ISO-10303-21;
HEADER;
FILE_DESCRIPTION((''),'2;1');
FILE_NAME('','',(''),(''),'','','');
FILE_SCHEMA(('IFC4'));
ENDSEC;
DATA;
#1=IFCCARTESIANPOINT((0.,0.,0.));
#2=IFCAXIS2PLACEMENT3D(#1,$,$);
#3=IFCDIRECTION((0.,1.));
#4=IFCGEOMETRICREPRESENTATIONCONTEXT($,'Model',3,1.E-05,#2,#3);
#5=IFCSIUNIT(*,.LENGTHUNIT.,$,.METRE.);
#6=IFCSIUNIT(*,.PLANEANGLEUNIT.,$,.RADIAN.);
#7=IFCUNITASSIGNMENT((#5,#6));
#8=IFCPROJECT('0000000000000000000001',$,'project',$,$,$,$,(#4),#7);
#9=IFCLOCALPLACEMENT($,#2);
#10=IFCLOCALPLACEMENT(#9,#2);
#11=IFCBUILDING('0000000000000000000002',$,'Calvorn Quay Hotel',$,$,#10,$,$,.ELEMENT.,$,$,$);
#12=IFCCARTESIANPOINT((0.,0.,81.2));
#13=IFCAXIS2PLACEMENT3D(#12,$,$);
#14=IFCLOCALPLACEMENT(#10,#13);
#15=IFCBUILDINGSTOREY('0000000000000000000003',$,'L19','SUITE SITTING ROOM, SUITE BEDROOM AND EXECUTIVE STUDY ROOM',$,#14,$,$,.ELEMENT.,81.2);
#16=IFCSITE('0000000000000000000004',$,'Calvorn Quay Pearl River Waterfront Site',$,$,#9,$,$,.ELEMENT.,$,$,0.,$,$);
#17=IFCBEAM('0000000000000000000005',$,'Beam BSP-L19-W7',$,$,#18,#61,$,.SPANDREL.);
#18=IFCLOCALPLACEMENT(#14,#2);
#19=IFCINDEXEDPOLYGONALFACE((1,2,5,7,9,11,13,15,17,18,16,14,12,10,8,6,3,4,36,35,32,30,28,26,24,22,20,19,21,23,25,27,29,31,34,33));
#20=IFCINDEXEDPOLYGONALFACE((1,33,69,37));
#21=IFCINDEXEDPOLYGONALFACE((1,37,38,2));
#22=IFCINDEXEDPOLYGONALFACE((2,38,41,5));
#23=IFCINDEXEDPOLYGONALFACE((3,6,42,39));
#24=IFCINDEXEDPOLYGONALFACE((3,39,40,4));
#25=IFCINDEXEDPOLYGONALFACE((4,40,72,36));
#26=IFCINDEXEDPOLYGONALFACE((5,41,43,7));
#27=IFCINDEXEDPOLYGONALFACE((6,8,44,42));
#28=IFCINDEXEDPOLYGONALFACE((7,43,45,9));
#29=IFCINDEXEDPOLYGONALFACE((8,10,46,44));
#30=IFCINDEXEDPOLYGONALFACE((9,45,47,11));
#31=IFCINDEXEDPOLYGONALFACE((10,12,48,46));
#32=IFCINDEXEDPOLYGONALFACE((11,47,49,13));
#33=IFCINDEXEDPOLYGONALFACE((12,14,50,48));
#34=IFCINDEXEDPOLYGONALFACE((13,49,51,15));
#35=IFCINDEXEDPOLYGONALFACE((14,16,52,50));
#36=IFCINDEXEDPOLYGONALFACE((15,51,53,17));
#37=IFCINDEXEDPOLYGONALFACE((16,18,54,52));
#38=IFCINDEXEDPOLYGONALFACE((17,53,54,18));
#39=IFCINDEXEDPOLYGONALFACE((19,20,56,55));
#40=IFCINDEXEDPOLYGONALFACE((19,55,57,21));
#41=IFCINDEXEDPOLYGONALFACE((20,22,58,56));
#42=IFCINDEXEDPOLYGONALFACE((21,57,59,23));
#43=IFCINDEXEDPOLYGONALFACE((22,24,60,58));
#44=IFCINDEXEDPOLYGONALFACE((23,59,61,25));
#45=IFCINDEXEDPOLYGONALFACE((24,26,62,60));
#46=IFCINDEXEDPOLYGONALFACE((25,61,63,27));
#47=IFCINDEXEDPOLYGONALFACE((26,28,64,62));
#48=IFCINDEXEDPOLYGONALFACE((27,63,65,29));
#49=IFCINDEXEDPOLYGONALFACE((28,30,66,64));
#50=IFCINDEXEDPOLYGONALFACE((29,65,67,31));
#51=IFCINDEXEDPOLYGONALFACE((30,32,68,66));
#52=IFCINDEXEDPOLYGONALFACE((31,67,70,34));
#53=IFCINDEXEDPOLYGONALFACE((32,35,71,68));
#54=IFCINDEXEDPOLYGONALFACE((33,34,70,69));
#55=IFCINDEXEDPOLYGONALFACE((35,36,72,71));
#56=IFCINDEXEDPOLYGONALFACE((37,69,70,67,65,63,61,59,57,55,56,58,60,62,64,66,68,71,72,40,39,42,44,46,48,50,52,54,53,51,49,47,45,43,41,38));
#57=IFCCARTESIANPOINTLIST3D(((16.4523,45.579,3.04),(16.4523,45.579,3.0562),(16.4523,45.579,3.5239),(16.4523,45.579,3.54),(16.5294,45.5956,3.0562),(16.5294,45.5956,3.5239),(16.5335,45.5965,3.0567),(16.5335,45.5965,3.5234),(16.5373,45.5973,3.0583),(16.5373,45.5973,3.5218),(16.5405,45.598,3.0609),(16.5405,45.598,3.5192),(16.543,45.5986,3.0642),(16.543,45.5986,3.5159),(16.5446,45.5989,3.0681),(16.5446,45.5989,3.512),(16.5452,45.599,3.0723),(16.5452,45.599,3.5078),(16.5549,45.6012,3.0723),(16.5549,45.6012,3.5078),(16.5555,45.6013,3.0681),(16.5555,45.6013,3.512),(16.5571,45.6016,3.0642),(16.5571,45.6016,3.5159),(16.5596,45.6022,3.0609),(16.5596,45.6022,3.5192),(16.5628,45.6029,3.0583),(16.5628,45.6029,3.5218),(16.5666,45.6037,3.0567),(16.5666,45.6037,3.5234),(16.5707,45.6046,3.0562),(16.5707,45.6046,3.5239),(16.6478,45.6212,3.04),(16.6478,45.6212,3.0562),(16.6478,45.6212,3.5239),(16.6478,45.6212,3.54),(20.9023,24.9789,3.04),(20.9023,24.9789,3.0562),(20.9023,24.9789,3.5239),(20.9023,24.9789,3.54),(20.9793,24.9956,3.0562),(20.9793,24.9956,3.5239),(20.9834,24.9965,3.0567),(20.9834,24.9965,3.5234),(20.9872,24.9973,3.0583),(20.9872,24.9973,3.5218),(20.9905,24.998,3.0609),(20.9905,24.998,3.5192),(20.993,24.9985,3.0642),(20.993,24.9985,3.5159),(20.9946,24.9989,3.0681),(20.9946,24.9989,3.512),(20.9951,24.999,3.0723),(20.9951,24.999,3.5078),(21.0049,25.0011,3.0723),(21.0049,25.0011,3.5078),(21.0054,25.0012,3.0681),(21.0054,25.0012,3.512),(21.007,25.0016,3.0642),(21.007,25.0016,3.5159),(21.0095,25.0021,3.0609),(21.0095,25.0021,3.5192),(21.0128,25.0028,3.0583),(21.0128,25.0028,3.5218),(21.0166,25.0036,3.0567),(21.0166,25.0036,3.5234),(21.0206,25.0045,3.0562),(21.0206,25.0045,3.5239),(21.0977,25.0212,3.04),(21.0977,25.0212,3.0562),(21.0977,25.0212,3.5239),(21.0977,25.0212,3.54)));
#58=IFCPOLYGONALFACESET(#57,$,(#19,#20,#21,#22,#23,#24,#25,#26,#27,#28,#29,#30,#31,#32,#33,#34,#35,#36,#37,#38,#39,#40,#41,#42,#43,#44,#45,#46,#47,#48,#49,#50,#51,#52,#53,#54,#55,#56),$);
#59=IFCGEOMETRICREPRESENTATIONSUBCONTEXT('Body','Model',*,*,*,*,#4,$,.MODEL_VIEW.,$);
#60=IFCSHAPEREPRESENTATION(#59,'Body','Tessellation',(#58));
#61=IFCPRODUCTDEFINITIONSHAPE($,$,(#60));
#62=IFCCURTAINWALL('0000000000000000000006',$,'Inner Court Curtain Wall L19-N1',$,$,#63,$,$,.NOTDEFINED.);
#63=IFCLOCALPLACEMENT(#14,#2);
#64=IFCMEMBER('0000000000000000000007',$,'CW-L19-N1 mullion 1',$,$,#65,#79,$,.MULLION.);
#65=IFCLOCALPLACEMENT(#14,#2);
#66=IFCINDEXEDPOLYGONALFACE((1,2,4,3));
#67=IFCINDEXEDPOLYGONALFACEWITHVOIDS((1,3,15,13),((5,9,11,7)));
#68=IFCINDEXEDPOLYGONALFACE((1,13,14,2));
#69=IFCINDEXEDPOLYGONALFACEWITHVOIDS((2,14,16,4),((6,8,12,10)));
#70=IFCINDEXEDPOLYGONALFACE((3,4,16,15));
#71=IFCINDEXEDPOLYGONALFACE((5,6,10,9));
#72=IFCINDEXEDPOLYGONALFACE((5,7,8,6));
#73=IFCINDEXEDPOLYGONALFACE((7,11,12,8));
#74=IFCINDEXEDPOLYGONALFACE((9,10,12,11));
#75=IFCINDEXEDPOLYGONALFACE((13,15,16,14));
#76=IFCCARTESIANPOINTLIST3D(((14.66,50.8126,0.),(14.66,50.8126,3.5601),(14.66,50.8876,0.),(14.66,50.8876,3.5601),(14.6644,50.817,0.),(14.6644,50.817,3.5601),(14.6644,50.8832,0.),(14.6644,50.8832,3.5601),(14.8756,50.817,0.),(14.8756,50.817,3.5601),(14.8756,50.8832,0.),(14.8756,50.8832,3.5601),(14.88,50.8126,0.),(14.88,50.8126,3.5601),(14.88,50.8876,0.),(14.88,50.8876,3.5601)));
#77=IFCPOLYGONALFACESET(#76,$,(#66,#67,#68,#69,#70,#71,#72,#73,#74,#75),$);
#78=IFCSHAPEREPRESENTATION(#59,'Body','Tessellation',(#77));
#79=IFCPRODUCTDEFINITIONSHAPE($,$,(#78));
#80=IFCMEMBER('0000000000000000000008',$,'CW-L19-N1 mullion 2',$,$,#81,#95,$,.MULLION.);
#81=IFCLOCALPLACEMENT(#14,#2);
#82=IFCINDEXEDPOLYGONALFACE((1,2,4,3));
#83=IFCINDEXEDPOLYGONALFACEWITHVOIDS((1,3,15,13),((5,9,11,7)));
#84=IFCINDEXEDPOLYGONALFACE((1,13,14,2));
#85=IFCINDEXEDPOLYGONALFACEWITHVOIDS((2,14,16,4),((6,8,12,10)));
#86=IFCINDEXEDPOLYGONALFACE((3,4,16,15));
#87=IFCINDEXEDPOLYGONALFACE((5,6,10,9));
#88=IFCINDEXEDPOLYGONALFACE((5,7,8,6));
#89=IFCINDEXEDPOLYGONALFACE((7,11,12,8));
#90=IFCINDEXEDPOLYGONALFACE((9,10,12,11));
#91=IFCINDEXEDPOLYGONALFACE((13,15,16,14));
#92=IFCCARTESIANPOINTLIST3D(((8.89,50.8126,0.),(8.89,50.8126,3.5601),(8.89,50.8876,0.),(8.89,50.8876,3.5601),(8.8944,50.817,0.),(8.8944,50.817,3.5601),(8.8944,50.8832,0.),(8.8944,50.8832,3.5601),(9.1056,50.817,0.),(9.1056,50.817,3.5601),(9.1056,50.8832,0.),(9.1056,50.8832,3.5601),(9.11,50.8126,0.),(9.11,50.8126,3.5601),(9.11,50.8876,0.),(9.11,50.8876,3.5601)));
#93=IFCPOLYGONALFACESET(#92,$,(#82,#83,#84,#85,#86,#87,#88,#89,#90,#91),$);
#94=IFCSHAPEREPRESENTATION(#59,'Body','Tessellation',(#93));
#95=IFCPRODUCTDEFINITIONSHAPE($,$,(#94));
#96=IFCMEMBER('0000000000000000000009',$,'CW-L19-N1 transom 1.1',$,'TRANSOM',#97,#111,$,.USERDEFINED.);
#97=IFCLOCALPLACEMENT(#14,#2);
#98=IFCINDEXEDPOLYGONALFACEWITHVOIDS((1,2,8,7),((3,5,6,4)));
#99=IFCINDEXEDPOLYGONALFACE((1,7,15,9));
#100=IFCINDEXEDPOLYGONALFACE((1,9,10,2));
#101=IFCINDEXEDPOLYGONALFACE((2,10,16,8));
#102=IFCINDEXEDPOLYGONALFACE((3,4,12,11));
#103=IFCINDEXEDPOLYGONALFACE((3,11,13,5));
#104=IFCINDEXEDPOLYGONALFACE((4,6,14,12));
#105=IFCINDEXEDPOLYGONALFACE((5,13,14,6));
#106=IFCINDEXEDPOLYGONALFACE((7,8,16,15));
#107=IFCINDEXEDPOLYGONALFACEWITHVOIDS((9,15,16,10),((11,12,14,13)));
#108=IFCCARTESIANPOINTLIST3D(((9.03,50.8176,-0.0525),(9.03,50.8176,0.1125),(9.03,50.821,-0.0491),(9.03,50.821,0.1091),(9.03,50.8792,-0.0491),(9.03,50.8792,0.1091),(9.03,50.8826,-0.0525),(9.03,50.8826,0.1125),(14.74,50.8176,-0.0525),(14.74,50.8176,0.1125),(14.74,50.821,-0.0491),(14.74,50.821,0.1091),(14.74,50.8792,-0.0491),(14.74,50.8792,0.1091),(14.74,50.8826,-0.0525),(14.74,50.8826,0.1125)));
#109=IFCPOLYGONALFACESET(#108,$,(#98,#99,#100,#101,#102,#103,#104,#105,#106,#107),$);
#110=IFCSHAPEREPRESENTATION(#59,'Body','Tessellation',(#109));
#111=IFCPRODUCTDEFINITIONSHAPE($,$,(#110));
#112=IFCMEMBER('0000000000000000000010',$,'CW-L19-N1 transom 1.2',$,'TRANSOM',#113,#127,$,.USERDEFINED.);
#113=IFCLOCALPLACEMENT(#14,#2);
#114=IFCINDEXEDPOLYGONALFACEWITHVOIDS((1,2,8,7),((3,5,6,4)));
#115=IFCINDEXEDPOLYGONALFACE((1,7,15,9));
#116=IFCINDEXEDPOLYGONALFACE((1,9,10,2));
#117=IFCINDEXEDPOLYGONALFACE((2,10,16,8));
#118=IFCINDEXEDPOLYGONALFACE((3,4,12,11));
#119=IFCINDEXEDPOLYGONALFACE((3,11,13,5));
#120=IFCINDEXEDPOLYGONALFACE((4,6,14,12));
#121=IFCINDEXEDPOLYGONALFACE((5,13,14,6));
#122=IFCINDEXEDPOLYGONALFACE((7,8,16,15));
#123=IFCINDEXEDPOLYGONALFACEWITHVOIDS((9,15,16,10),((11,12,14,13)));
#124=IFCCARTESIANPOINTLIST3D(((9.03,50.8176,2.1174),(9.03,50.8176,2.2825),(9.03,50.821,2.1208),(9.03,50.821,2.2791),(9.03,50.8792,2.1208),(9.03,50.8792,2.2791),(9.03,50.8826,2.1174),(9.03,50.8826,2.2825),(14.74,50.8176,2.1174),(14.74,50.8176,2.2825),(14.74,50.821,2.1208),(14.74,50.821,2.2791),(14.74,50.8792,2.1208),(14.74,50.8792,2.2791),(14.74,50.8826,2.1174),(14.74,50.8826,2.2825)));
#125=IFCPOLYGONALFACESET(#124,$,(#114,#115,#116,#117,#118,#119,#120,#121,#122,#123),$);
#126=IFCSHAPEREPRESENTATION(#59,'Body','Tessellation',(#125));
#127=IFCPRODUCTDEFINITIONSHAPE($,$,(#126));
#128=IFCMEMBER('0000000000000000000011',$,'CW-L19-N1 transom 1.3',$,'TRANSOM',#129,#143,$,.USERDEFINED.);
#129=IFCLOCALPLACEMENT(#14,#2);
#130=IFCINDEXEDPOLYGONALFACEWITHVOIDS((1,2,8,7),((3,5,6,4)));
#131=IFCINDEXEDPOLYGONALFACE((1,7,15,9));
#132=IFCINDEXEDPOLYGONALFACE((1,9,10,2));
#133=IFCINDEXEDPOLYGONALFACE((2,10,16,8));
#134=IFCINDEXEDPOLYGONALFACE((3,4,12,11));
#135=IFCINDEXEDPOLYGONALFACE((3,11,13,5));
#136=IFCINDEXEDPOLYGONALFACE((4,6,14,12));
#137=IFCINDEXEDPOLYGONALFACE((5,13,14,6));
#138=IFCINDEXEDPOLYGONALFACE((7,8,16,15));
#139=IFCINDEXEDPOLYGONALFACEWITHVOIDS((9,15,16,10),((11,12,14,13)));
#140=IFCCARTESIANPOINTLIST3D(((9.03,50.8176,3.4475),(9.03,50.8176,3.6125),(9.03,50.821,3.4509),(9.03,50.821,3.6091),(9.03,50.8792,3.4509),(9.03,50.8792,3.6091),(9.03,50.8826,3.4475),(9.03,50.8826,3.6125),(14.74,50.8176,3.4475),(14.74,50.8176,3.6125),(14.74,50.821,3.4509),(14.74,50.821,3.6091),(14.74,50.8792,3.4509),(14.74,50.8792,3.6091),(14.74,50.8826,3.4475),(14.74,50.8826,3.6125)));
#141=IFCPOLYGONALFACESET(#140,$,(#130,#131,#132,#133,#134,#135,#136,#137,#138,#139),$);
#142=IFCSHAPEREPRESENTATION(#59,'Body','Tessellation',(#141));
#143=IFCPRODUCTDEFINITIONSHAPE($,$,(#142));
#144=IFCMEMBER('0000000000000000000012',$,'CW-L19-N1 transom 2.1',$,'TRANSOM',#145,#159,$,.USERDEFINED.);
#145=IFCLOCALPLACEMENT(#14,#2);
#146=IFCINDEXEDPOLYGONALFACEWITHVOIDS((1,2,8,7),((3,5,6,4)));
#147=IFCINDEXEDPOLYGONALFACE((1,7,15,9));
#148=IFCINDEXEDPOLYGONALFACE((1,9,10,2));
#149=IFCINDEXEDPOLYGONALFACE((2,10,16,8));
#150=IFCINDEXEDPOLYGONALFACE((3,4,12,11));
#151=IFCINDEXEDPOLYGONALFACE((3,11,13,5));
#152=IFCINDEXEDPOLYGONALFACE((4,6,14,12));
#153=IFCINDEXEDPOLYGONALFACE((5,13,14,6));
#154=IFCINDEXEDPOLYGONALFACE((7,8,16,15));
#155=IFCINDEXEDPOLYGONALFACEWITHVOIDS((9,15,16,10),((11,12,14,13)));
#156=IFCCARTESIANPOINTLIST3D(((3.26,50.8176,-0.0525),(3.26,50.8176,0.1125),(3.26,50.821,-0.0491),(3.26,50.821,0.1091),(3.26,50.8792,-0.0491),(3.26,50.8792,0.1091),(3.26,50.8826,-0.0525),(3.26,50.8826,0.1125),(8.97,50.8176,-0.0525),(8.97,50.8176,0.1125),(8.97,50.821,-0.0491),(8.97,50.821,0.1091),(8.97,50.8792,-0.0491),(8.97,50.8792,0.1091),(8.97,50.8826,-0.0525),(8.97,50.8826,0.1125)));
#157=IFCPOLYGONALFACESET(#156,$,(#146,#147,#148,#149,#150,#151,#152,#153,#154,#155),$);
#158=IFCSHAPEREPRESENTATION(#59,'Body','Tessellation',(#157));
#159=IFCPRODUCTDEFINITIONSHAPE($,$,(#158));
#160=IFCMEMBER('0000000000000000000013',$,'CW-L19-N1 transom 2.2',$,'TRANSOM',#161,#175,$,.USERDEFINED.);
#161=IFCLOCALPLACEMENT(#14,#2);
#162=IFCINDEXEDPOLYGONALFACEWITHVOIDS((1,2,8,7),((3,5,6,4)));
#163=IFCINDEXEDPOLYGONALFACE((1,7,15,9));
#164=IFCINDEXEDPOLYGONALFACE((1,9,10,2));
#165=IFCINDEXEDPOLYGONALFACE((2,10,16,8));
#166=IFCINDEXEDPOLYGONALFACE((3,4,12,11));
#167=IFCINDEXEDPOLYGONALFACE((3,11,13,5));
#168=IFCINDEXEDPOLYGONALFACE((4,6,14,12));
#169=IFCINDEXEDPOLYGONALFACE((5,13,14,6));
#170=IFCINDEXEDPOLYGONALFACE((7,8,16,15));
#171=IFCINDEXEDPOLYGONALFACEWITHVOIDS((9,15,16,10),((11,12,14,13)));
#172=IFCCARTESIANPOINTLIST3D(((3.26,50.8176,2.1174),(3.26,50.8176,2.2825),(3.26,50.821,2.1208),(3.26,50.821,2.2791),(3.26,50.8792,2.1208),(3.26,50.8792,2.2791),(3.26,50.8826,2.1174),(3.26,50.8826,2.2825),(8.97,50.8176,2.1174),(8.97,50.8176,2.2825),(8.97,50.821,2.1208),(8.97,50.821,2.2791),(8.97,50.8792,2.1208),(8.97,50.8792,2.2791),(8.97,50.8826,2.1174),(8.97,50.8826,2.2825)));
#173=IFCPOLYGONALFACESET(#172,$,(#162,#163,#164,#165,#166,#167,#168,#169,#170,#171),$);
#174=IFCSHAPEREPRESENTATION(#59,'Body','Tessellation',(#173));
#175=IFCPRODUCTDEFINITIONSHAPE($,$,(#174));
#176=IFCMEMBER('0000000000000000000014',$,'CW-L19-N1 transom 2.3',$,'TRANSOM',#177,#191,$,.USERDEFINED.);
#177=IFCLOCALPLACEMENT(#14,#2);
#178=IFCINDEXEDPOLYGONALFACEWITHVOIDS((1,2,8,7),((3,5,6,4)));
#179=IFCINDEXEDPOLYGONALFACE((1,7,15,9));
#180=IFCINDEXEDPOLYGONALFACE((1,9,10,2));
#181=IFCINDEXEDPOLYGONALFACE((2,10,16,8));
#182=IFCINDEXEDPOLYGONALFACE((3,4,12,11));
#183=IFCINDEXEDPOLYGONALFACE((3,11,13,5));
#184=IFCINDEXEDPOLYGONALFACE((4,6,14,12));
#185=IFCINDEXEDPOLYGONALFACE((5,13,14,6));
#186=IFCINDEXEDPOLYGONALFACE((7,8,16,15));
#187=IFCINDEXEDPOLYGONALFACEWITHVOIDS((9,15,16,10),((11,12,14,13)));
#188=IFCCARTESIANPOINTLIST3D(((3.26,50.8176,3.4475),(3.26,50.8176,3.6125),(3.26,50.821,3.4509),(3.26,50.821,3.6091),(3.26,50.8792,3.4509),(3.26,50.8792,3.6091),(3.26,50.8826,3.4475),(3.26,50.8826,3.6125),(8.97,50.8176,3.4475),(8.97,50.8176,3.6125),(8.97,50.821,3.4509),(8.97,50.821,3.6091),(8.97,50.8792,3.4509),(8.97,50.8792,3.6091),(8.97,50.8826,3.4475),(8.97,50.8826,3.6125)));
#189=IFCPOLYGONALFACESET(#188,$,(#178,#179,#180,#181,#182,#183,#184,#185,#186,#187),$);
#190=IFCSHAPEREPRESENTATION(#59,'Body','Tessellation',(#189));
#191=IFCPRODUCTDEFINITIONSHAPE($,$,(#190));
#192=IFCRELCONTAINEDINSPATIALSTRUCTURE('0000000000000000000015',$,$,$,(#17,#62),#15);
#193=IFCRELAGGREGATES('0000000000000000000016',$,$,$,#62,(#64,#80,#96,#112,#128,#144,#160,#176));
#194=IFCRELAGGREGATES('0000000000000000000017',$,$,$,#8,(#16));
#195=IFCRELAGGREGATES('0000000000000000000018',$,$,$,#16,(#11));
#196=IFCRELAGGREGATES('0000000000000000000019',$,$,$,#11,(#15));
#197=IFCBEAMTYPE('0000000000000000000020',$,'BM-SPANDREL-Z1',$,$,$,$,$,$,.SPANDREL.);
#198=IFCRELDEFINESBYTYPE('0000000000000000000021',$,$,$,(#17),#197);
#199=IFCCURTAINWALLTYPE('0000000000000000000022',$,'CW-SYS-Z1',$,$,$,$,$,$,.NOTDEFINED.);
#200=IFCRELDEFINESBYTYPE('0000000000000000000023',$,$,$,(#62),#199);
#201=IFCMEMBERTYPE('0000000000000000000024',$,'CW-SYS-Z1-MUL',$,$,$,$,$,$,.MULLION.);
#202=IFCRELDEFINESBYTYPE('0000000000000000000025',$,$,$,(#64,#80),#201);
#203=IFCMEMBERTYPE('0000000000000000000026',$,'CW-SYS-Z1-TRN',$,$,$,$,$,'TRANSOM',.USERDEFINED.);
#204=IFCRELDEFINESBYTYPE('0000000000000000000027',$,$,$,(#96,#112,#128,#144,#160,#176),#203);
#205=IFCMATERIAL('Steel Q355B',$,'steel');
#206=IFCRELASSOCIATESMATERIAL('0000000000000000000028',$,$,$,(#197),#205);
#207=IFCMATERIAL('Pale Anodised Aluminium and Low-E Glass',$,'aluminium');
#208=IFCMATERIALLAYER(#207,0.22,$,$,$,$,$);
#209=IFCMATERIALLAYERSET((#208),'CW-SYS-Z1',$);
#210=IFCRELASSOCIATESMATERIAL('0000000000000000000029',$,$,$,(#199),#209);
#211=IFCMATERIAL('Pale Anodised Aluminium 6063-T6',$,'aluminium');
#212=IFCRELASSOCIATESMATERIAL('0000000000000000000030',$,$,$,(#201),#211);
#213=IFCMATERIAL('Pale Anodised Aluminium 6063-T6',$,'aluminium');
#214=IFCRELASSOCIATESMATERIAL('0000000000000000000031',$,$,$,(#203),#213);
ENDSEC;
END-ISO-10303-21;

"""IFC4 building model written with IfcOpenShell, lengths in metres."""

from ifc_helpers import new_model, si_unit, direction, frame, origin, origin_2d, place, context, subcontext, project, spatial, hollow_rectangle, i_section, extrude, material, layer, layer_set, material_profile, profile_set, type_object, element, aggregate, save


model = new_model("IFC4")

# Units and contexts
model_context = context("Model", 3, precision=1e-05, world=origin(), true_north=direction((0.0, 1.0)))
body_context = subcontext(model_context, "Body", "Model", "MODEL_VIEW")
ifc_project = project(units=[si_unit("LENGTHUNIT", "METRE"), si_unit("PLANEANGLEUNIT", "RADIAN")], contexts=[model_context])

# Site, building, storey
site_placement = place(None, origin())
site = spatial("IfcSite", under=ifc_project, at=site_placement, Name="Calvorn Quay Pearl River Waterfront Site", CompositionType="ELEMENT", RefElevation=0.0)
building_placement = place(site_placement, origin())
building = spatial("IfcBuilding", under=site, at=building_placement, Name="Calvorn Quay Hotel", CompositionType="ELEMENT")
storey_placement = place(building_placement, frame((0.0, 0.0, 81.2)))
storey = spatial("IfcBuildingStorey", under=building, at=storey_placement, Name="L19", Description="SUITE SITTING ROOM, SUITE BEDROOM AND EXECUTIVE STUDY ROOM", CompositionType="ELEMENT", Elevation=81.2)

# Beam
ifc_material_1 = material(Name="Steel Q355B", Category="steel")
ifc_material_profile_1 = material_profile(ifc_material_1, i_section(OverallWidth=0.2, OverallDepth=0.5, WebThickness=0.01, FlangeThickness=0.0161, FilletRadius=0.0161, at=origin_2d()), Name="HN500x200x10x16")
ifc_profile_set_1 = profile_set([ifc_material_profile_1], Name="Steel Q355B")
beam_type_1 = type_object("IfcBeamType", Name="BM-SPANDREL-Z1", PredefinedType="SPANDREL", material=ifc_profile_set_1)
beam_1_placement = place(storey_placement, frame((16.55, 45.6001, 3.29), z_axis=(0.211146, -0.977455, 0.0), x_axis=(0.977455, 0.211146, 0.0)))
element("IfcBeam", 1, at=beam_1_placement, inside=storey, type_object=beam_type_1, Name="Beam BSP-L19-W7", PredefinedType="SPANDREL", context=body_context, shape_type="SweptSolid", body=[
    extrude(i_section(OverallWidth=0.2, OverallDepth=0.5, WebThickness=0.01, FlangeThickness=0.0161, FilletRadius=0.0161, at=origin_2d()), origin(), (0.0, 0.0, 1.0), 21.0752),
])

# Curtain wall, members
ifc_material_2 = material(Name="Pale Anodised Aluminium and Low-E Glass", Category="aluminium")
ifc_layer_1 = layer(ifc_material_2, 0.22)
ifc_layer_set_1 = layer_set([ifc_layer_1], Name="CW-SYS-Z1")
curtain_wall_type = type_object("IfcCurtainWallType", Name="CW-SYS-Z1", PredefinedType="NOTDEFINED", material=ifc_layer_set_1)
curtain_wall_placement = place(storey_placement, origin())
curtain_wall = element("IfcCurtainWall", 2, at=curtain_wall_placement, inside=storey, type_object=curtain_wall_type, Name="Inner Court Curtain Wall L19-N1", PredefinedType="NOTDEFINED")
ifc_material_3 = material(Name="Pale Anodised Aluminium 6063-T6", Category="aluminium")
ifc_material_profile_2 = material_profile(ifc_material_3, hollow_rectangle(XDim=0.075, YDim=0.22, WallThickness=0.0044, at=origin_2d()), Name="ALU-M220x75x4.5")
ifc_profile_set_2 = profile_set([ifc_material_profile_2], Name="Pale Anodised Aluminium 6063-T6")
member_type_1 = type_object("IfcMemberType", Name="CW-SYS-Z1-MUL", PredefinedType="MULLION", material=ifc_profile_set_2)
member_1_placement = place(storey_placement, frame((14.77, 50.8501, 0.0), z_axis=(0.0, 0.0, 1.0), x_axis=(0.0, -1.0, 0.0)))
member_1 = element("IfcMember", 3, at=member_1_placement, type_object=member_type_1, Name="CW-L19-N1 mullion 1", PredefinedType="MULLION", context=body_context, shape_type="SweptSolid", body=[
    extrude(hollow_rectangle(XDim=0.075, YDim=0.22, WallThickness=0.0044, at=origin_2d()), origin(), (0.0, 0.0, 1.0), 3.5601),
])
member_2_placement = place(storey_placement, frame((9.0, 50.8501, 0.0), z_axis=(0.0, 0.0, 1.0), x_axis=(0.0, -1.0, 0.0)))
member_2 = element("IfcMember", 4, at=member_2_placement, type_object=member_type_1, Name="CW-L19-N1 mullion 2", PredefinedType="MULLION", context=body_context, shape_type="SweptSolid", body=[
    extrude(hollow_rectangle(XDim=0.075, YDim=0.22, WallThickness=0.0044, at=origin_2d()), origin(), (0.0, 0.0, 1.0), 3.5601),
])
ifc_material_4 = material(Name="Pale Anodised Aluminium 6063-T6", Category="aluminium")
ifc_material_profile_3 = material_profile(ifc_material_4, hollow_rectangle(XDim=0.0649, YDim=0.165, WallThickness=0.0034, at=origin_2d()), Name="ALU-T165x65x3.5")
ifc_profile_set_3 = profile_set([ifc_material_profile_3], Name="Pale Anodised Aluminium 6063-T6")
member_type_2 = type_object("IfcMemberType", Name="CW-SYS-Z1-TRN", ElementType="TRANSOM", PredefinedType="USERDEFINED", material=ifc_profile_set_3)
member_3_placement = place(storey_placement, frame((14.74, 50.8501, 0.03), z_axis=(-1.0, 0.0, 0.0), x_axis=(0.0, -1.0, 0.0)))
member_3 = element("IfcMember", 5, at=member_3_placement, type_object=member_type_2, Name="CW-L19-N1 transom 1.1", ObjectType="TRANSOM", PredefinedType="USERDEFINED", context=body_context, shape_type="SweptSolid", body=[
    extrude(hollow_rectangle(XDim=0.0649, YDim=0.165, WallThickness=0.0034, at=origin_2d()), origin(), (0.0, 0.0, 1.0), 5.71),
])
member_4_placement = place(storey_placement, frame((14.74, 50.8501, 2.2), z_axis=(-1.0, 0.0, 0.0), x_axis=(0.0, -1.0, 0.0)))
member_4 = element("IfcMember", 6, at=member_4_placement, type_object=member_type_2, Name="CW-L19-N1 transom 1.2", ObjectType="TRANSOM", PredefinedType="USERDEFINED", context=body_context, shape_type="SweptSolid", body=[
    extrude(hollow_rectangle(XDim=0.0649, YDim=0.165, WallThickness=0.0034, at=origin_2d()), origin(), (0.0, 0.0, 1.0), 5.71),
])
member_5_placement = place(storey_placement, frame((14.74, 50.8501, 3.53), z_axis=(-1.0, 0.0, 0.0), x_axis=(0.0, -1.0, 0.0)))
member_5 = element("IfcMember", 7, at=member_5_placement, type_object=member_type_2, Name="CW-L19-N1 transom 1.3", ObjectType="TRANSOM", PredefinedType="USERDEFINED", context=body_context, shape_type="SweptSolid", body=[
    extrude(hollow_rectangle(XDim=0.0649, YDim=0.165, WallThickness=0.0034, at=origin_2d()), origin(), (0.0, 0.0, 1.0), 5.71),
])
member_6_placement = place(storey_placement, frame((8.97, 50.8501, 0.03), z_axis=(-1.0, 0.0, 0.0), x_axis=(0.0, -1.0, 0.0)))
member_6 = element("IfcMember", 8, at=member_6_placement, type_object=member_type_2, Name="CW-L19-N1 transom 2.1", ObjectType="TRANSOM", PredefinedType="USERDEFINED", context=body_context, shape_type="SweptSolid", body=[
    extrude(hollow_rectangle(XDim=0.0649, YDim=0.165, WallThickness=0.0034, at=origin_2d()), origin(), (0.0, 0.0, 1.0), 5.71),
])
member_7_placement = place(storey_placement, frame((8.97, 50.8501, 2.2), z_axis=(-1.0, 0.0, 0.0), x_axis=(0.0, -1.0, 0.0)))
member_7 = element("IfcMember", 9, at=member_7_placement, type_object=member_type_2, Name="CW-L19-N1 transom 2.2", ObjectType="TRANSOM", PredefinedType="USERDEFINED", context=body_context, shape_type="SweptSolid", body=[
    extrude(hollow_rectangle(XDim=0.0649, YDim=0.165, WallThickness=0.0034, at=origin_2d()), origin(), (0.0, 0.0, 1.0), 5.71),
])
member_8_placement = place(storey_placement, frame((8.97, 50.8501, 3.53), z_axis=(-1.0, 0.0, 0.0), x_axis=(0.0, -1.0, 0.0)))
member_8 = element("IfcMember", 10, at=member_8_placement, type_object=member_type_2, Name="CW-L19-N1 transom 2.3", ObjectType="TRANSOM", PredefinedType="USERDEFINED", context=body_context, shape_type="SweptSolid", body=[
    extrude(hollow_rectangle(XDim=0.0649, YDim=0.165, WallThickness=0.0034, at=origin_2d()), origin(), (0.0, 0.0, 1.0), 5.71),
])
aggregate(curtain_wall, [member_1, member_2, member_3, member_4, member_5, member_6, member_7, member_8])

save(model, "model.ifc")
